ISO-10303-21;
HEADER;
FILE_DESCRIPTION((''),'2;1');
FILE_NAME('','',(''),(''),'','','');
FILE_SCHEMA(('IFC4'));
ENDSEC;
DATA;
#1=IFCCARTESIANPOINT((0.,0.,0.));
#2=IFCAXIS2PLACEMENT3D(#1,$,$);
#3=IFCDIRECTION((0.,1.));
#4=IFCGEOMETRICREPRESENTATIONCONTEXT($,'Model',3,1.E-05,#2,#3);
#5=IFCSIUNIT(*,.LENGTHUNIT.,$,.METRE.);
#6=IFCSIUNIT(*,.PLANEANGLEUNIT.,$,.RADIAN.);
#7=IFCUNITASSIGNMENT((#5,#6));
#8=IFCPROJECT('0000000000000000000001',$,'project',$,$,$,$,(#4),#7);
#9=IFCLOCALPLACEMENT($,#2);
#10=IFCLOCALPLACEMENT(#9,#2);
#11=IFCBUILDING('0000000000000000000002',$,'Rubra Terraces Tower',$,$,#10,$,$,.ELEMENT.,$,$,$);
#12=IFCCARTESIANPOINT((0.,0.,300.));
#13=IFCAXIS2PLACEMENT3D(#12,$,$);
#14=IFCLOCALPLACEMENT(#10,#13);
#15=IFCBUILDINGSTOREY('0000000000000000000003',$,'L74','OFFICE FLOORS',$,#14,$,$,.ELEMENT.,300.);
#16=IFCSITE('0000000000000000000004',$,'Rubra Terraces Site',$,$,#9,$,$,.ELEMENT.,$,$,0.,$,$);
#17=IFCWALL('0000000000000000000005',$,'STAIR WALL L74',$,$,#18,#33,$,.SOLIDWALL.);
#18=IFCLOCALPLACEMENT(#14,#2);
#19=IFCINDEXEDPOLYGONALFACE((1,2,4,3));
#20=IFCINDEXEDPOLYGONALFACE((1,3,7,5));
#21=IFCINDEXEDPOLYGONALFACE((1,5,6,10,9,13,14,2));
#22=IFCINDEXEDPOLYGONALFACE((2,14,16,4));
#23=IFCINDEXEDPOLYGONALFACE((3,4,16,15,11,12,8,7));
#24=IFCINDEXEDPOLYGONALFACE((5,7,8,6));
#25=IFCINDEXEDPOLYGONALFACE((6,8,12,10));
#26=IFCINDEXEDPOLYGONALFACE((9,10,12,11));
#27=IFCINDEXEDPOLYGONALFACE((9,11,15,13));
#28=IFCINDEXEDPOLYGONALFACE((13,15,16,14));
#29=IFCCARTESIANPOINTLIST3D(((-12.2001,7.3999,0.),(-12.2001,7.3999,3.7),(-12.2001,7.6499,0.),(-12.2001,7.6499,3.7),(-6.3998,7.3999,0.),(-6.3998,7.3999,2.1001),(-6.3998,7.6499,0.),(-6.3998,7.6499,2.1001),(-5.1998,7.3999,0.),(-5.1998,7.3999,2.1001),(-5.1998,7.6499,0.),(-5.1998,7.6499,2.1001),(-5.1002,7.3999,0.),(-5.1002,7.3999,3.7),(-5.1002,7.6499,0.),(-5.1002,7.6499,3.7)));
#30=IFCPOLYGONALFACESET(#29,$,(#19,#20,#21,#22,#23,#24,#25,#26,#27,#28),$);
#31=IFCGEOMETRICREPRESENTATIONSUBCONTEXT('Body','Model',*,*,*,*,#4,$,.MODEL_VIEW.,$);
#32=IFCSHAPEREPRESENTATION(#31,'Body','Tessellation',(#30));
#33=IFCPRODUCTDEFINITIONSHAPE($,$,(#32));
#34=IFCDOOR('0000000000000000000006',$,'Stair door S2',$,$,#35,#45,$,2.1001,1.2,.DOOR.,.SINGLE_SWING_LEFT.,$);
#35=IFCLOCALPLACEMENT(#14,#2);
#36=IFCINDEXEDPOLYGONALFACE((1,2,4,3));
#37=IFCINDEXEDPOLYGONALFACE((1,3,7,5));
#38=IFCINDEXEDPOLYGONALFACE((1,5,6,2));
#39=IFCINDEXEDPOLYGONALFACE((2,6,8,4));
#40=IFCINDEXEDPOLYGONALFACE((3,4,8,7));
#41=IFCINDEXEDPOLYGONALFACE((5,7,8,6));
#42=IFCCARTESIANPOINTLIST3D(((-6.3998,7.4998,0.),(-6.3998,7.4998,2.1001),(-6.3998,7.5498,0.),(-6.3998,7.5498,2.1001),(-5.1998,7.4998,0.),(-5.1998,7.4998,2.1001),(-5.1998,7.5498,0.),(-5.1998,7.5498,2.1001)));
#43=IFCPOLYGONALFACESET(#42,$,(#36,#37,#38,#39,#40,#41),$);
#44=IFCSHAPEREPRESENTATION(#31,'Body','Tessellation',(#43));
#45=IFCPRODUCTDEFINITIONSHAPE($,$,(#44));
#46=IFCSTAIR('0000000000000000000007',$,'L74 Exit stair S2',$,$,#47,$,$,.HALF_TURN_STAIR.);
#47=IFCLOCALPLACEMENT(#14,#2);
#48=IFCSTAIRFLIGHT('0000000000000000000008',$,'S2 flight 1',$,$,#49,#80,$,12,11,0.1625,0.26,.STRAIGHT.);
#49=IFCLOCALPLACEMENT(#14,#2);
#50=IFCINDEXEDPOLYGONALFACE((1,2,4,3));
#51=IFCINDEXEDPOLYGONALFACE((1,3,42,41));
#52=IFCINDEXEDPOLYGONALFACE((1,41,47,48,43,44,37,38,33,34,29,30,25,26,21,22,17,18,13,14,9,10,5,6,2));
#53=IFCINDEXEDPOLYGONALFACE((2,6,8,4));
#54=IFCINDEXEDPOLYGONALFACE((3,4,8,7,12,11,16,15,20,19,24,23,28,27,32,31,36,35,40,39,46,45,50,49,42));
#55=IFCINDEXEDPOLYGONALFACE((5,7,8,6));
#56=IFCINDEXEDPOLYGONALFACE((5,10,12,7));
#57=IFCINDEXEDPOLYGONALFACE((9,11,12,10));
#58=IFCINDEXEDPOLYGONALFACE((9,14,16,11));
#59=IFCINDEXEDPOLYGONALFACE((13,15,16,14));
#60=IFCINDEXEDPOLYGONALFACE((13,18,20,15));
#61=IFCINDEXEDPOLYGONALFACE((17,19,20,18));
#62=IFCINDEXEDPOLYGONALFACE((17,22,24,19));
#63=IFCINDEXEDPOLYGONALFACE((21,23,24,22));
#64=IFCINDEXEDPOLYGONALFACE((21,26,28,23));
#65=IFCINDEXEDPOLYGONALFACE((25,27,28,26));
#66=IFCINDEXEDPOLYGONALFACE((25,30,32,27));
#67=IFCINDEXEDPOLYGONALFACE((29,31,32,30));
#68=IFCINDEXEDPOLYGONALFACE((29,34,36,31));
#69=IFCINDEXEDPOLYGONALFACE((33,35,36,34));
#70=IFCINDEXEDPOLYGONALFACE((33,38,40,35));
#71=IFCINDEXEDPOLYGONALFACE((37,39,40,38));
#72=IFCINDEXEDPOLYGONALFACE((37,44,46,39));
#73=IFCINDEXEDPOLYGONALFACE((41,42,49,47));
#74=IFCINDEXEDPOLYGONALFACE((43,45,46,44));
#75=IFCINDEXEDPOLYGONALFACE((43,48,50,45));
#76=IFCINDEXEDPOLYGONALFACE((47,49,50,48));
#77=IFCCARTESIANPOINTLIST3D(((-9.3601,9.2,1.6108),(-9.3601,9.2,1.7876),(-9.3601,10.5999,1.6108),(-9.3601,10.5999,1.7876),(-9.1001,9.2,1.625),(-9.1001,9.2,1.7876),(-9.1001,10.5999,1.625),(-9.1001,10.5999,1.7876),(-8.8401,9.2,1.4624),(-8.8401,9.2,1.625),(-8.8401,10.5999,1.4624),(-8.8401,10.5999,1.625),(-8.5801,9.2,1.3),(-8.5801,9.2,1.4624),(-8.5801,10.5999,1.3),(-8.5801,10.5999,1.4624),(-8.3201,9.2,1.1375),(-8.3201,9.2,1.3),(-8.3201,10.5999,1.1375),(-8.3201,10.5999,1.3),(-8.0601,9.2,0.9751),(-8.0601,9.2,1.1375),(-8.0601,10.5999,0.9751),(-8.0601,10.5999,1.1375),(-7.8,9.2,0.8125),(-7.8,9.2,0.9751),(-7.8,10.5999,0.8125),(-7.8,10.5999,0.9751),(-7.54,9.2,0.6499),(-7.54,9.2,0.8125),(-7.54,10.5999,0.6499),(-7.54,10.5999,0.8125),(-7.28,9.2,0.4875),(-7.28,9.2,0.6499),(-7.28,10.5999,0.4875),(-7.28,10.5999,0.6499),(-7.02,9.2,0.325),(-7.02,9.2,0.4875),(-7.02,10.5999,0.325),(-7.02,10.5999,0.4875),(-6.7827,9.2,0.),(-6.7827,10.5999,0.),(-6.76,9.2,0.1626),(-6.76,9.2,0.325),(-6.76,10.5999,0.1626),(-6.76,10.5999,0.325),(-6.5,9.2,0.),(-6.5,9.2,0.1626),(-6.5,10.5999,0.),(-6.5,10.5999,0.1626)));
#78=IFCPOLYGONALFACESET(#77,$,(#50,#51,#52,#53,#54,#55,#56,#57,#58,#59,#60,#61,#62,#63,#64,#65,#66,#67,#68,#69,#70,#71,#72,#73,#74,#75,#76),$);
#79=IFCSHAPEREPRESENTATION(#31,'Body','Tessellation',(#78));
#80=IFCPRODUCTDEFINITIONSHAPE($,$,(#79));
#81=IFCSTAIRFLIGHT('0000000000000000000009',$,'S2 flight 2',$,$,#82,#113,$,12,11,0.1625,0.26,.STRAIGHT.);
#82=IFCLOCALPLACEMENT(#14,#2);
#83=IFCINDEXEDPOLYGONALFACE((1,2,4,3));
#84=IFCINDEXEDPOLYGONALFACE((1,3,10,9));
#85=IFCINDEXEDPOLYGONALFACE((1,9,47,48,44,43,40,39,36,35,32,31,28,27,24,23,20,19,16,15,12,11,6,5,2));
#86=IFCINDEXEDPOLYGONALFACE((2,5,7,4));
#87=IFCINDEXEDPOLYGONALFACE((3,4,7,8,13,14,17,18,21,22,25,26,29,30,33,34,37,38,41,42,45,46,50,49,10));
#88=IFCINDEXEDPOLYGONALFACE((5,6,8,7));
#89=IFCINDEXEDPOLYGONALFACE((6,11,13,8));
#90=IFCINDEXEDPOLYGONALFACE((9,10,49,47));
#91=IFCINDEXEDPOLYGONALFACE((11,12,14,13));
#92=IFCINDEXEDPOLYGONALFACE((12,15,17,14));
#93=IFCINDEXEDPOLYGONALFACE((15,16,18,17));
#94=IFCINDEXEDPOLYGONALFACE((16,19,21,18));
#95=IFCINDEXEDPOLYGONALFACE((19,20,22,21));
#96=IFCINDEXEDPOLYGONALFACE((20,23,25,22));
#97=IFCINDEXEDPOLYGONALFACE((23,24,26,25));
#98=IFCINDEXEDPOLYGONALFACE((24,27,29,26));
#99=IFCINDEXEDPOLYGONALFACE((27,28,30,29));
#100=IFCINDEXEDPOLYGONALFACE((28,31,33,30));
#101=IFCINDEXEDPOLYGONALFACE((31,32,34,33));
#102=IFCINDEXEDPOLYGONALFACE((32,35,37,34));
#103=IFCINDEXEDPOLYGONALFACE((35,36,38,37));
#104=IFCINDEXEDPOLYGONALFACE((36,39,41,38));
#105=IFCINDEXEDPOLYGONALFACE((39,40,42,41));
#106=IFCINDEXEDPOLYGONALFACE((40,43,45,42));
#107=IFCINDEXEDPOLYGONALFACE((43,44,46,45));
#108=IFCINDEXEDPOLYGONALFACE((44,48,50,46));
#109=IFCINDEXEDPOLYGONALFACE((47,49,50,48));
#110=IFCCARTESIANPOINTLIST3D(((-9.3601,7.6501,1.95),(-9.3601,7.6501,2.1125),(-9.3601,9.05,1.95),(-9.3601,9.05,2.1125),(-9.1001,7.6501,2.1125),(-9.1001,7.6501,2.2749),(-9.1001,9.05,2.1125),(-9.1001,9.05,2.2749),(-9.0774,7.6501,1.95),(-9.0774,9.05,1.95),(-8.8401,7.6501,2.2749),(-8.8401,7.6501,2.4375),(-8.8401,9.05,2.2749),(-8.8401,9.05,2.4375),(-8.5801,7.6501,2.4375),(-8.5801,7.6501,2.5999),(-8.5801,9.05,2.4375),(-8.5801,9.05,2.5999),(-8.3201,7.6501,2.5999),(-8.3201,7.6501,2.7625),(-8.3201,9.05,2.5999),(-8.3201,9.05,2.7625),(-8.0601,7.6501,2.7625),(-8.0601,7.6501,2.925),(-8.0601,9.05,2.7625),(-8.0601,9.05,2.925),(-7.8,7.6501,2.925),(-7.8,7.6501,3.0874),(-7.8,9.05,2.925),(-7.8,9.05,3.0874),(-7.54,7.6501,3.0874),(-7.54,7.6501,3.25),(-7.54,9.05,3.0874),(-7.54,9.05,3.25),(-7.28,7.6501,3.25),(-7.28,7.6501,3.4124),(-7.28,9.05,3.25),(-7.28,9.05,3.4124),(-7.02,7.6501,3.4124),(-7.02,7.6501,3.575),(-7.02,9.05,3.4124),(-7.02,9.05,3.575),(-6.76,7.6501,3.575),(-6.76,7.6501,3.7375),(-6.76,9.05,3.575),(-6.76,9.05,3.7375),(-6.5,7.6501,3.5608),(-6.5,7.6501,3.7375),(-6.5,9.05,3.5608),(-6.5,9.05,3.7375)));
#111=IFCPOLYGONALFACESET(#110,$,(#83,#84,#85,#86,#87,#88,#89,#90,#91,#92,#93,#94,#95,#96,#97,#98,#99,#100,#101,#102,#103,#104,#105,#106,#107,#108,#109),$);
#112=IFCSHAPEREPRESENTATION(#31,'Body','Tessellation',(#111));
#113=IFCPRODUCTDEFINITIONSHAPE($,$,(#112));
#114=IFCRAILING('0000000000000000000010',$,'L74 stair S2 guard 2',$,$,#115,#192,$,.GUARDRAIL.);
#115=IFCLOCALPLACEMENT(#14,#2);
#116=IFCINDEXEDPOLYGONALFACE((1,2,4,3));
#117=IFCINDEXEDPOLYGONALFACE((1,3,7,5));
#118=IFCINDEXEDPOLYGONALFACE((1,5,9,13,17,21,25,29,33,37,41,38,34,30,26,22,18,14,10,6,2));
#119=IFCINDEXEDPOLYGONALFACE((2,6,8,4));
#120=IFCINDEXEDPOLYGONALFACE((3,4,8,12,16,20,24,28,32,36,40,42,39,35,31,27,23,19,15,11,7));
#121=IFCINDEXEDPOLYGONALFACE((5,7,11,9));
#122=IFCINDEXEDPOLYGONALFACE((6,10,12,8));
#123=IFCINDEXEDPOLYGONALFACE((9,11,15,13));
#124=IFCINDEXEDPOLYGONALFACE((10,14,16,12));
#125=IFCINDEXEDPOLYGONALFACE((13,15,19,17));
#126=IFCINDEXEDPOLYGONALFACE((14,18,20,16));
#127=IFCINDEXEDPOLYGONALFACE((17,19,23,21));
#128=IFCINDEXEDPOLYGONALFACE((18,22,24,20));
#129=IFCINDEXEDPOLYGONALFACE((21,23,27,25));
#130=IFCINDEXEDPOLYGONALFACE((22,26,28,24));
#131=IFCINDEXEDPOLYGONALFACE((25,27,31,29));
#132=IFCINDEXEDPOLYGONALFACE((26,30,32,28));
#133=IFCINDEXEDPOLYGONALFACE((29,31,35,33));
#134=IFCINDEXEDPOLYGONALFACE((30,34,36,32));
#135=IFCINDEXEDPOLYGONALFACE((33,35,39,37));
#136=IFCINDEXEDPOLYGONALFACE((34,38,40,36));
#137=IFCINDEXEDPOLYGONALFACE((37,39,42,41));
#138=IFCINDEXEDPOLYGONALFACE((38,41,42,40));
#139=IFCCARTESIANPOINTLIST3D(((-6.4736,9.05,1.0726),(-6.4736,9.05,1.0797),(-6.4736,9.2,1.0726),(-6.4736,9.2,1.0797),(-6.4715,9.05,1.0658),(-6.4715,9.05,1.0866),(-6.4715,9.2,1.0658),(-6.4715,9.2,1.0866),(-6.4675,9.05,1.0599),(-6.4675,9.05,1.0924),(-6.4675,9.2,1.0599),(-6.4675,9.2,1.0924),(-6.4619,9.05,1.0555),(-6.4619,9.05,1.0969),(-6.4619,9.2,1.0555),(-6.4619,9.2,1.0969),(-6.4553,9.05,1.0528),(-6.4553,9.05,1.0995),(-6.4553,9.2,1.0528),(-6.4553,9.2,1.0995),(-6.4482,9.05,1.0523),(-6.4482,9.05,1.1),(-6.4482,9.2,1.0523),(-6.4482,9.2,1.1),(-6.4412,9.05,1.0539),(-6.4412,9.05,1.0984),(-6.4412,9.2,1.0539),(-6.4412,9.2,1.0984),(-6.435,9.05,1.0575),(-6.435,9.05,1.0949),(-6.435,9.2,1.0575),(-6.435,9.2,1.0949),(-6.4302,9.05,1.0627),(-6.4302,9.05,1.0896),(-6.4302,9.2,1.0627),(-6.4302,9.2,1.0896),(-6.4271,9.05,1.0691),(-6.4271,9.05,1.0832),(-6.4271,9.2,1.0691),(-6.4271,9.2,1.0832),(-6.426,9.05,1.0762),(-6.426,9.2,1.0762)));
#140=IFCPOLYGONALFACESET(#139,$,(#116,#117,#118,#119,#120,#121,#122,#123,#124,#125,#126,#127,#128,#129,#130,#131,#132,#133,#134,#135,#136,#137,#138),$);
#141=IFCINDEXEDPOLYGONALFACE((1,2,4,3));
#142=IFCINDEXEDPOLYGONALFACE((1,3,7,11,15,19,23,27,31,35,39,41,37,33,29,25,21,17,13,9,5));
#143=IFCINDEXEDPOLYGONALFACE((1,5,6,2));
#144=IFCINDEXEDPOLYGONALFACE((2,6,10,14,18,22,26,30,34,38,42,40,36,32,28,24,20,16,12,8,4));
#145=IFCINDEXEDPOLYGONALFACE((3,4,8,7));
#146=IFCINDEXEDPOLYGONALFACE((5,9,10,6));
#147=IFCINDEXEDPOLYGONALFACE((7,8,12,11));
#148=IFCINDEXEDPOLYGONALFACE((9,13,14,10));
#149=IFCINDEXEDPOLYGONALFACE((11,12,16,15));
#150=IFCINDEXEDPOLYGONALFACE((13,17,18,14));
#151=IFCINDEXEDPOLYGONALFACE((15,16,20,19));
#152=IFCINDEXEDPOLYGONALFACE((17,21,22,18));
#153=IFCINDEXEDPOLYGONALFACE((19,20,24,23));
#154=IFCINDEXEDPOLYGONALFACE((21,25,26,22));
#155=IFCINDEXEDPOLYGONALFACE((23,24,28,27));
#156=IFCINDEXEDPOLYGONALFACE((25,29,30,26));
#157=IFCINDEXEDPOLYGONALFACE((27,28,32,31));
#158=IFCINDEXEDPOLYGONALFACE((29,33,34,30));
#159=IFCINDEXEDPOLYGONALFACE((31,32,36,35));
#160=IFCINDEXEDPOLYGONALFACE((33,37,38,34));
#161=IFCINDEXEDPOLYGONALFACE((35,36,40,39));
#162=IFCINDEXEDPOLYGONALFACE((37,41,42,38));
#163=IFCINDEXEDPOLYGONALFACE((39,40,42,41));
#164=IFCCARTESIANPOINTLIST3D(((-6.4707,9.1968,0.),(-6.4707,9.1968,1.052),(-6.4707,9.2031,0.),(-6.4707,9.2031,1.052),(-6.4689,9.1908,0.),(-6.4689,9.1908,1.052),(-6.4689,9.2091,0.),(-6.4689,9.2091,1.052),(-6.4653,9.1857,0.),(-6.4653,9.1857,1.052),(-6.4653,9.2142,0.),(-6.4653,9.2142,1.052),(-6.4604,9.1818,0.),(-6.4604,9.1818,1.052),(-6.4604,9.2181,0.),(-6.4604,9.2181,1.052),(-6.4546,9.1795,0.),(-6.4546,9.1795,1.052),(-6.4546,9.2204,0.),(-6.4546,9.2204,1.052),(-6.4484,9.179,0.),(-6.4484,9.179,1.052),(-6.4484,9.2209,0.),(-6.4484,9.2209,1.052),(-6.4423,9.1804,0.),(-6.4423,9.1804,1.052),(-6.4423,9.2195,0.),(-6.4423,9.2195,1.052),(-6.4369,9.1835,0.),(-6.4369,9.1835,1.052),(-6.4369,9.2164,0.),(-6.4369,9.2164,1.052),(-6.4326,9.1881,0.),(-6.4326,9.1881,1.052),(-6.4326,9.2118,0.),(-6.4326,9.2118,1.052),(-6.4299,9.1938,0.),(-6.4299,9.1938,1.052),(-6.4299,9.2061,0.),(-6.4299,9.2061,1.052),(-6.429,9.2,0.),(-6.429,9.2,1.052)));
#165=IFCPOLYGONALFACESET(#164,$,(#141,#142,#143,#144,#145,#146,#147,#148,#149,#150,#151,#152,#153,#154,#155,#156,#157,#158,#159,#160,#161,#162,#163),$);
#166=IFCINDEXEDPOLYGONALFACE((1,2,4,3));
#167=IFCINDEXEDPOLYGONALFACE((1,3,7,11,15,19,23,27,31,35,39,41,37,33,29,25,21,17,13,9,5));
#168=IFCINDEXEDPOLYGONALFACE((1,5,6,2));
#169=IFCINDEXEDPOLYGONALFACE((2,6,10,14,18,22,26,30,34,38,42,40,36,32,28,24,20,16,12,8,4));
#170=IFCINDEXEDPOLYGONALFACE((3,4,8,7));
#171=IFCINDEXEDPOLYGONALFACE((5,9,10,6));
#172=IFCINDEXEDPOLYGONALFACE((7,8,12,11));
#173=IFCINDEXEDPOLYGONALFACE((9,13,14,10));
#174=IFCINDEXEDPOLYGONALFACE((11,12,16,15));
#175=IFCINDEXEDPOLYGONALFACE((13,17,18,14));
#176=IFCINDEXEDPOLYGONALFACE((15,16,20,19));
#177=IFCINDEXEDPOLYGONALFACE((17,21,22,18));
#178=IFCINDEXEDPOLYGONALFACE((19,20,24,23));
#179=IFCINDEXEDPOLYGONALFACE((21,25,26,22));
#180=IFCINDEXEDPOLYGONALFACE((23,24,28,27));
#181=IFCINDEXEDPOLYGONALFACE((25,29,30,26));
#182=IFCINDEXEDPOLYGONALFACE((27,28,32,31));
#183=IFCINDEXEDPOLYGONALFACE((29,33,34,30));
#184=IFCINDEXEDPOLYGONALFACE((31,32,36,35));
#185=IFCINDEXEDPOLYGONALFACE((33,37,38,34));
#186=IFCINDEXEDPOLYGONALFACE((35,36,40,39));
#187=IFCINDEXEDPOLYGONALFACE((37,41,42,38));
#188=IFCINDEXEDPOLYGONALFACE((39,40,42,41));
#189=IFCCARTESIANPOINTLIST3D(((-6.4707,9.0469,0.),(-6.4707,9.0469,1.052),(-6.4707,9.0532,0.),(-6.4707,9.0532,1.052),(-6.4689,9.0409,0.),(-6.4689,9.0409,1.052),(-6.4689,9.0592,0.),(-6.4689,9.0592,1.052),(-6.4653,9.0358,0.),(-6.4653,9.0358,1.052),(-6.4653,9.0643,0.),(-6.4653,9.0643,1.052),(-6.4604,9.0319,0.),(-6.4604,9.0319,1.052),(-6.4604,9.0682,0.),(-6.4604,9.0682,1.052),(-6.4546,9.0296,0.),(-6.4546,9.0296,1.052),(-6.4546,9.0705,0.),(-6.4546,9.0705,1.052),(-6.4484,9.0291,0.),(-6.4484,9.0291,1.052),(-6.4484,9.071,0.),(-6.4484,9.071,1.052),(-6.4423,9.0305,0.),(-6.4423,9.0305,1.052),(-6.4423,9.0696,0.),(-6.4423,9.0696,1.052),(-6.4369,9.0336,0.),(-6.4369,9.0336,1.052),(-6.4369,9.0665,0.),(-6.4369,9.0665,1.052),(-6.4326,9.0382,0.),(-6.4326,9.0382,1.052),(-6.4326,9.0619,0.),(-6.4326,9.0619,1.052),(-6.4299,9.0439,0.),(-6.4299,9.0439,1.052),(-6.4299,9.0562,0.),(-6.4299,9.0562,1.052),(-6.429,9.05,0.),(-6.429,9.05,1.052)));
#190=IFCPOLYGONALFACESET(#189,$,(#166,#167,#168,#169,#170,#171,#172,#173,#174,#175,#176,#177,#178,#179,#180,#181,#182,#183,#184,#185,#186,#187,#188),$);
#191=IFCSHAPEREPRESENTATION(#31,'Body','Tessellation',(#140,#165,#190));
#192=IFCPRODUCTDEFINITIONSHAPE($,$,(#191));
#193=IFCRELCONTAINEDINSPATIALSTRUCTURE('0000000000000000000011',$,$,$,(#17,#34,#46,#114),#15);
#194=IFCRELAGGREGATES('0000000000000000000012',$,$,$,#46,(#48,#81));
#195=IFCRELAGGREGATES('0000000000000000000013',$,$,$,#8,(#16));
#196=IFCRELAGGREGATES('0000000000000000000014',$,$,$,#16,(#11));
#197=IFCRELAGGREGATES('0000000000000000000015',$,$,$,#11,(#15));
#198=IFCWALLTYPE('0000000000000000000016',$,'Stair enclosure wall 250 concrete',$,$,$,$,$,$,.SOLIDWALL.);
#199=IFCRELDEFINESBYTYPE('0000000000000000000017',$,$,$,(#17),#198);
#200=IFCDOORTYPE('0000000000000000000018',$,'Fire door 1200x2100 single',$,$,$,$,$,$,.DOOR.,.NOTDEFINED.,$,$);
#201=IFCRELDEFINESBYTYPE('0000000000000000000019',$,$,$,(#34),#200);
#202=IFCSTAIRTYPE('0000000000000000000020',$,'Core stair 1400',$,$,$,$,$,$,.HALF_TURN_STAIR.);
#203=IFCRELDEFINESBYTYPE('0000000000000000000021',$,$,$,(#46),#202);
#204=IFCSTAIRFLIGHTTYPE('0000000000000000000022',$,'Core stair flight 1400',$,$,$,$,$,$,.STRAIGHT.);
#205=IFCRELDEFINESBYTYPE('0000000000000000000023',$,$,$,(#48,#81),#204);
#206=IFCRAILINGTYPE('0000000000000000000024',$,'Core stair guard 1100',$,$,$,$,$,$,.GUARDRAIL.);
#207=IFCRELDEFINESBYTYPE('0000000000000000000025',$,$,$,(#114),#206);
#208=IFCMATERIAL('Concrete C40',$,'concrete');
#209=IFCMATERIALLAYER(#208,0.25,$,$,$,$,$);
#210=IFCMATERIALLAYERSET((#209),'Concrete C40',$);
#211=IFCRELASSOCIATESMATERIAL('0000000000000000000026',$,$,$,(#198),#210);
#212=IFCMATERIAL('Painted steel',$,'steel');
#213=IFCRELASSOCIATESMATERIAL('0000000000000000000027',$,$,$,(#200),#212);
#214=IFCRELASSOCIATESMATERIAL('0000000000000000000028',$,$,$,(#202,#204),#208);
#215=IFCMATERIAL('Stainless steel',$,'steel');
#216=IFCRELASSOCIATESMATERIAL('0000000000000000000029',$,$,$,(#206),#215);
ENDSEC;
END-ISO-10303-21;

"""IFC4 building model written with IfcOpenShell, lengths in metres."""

from ifc_helpers import new_model, si_unit, direction, frame, frame_2d, origin, origin_2d, place, context, subcontext, project, spatial, polyline, rectangle, circle, outline, extrude, material, layer, layer_set, type_object, element, fill, aggregate, save


model = new_model("IFC4")

# Units and contexts
model_context = context("Model", 3, precision=1e-05, world=origin(), true_north=direction((0.0, 1.0)))
body_context = subcontext(model_context, "Body", "Model", "MODEL_VIEW")
ifc_project = project(units=[si_unit("LENGTHUNIT", "METRE"), si_unit("PLANEANGLEUNIT", "RADIAN")], contexts=[model_context])

# Site, building, storey
site_placement = place(None, origin())
site = spatial("IfcSite", under=ifc_project, at=site_placement, Name="Rubra Terraces Site", CompositionType="ELEMENT", RefElevation=0.0)
building_placement = place(site_placement, origin())
building = spatial("IfcBuilding", under=site, at=building_placement, Name="Rubra Terraces Tower", CompositionType="ELEMENT")
storey_placement = place(building_placement, frame((0.0, 0.0, 300.0)))
storey = spatial("IfcBuildingStorey", under=building, at=storey_placement, Name="L74", Description="OFFICE FLOORS", CompositionType="ELEMENT", Elevation=300.0)

# Shared definitions
ifc_material_1 = material(Name="Concrete C40", Category="concrete")

# Shared definitions
ifc_material_2 = material(Name="Painted steel", Category="steel")
ifc_material_3 = material(Name="Stainless steel", Category="steel")

# Wall, opening, door
ifc_layer_1 = layer(ifc_material_1, 0.25)
ifc_layer_set_1 = layer_set([ifc_layer_1], Name="Concrete C40")
wall_type_1 = type_object("IfcWallType", Name="Stair enclosure wall 250 concrete", PredefinedType="SOLIDWALL", material=ifc_layer_set_1)
wall_1_placement = place(storey_placement, frame((-12.2, 7.5249, 0.0), z_axis=(0.0, 0.0, 1.0), x_axis=(1.0, 0.0, 0.0)))
wall_1 = element("IfcWall", 1, at=wall_1_placement, inside=storey, type_object=wall_type_1, Name="STAIR WALL L74", PredefinedType="SOLIDWALL", context=body_context, shape_type="SweptSolid", body=[
    extrude(rectangle(XDim=7.0999, YDim=0.25, at=frame_2d((3.5498, 0.0))), origin(), (0.0, 0.0, 1.0), 3.7),
])
opening_1_placement = place(wall_1_placement, frame((5.8, 0.0, 0.0)))
opening_1 = element("IfcOpeningElement", 2, at=opening_1_placement, cuts=wall_1, PredefinedType="OPENING", context=body_context, shape_type="SweptSolid", body=[
    extrude(rectangle(XDim=1.2, YDim=2.1001, at=frame_2d((0.6001, 1.05))), frame((0.0, 0.135, 0.0), z_axis=(0.0, -1.0, 0.0), x_axis=(1.0, 0.0, 0.0)), (0.0, 0.0, 1.0), 0.27),
])
door_type_1 = type_object("IfcDoorType", Name="Fire door 1200x2100 single", OperationType="NOTDEFINED", PredefinedType="DOOR", material=ifc_material_2)
door_1_placement = place(opening_1_placement, origin())
door_1 = element("IfcDoor", 3, at=door_1_placement, inside=storey, type_object=door_type_1, Name="Stair door S2", OperationType="SINGLE_SWING_LEFT", OverallHeight=2.1001, OverallWidth=1.2, PredefinedType="DOOR", context=body_context, shape_type="SweptSolid", body=[
    extrude(rectangle(XDim=1.2, YDim=2.1001, at=frame_2d((0.6001, 1.05))), frame((0.0, 0.0249, 0.0), z_axis=(0.0, -1.0, 0.0), x_axis=(1.0, 0.0, 0.0)), (0.0, 0.0, 1.0), 0.05),
])
fill(opening_1, door_1)

# Stair, stair flights
stair_type = type_object("IfcStairType", Name="Core stair 1400", PredefinedType="HALF_TURN_STAIR", material=ifc_material_1)
stair_placement = place(storey_placement, origin())
stair = element("IfcStair", 4, at=stair_placement, inside=storey, type_object=stair_type, Name="L74 Exit stair S2", PredefinedType="HALF_TURN_STAIR")
stair_flight_type = type_object("IfcStairFlightType", Name="Core stair flight 1400", PredefinedType="STRAIGHT", material=ifc_material_1)
stair_flight_1_placement = place(storey_placement, frame((-6.5, 9.8999, 0.0), z_axis=(0.0, 0.0, 1.0), x_axis=(-1.0, 0.0, 0.0)))
stair_flight_1 = element("IfcStairFlight", 5, at=stair_flight_1_placement, type_object=stair_flight_type, Name="S2 flight 1", NumberOfRisers=12, NumberOfTreads=11, PredefinedType="STRAIGHT", RiserHeight=0.1625, TreadLength=0.26, context=body_context, shape_type="SweptSolid", body=[
    extrude(outline(polyline([(0.0, 0.0), (0.0, 0.1626), (0.26, 0.1626), (0.26, 0.325), (0.52, 0.325), (0.52, 0.4875), (0.78, 0.4875), (0.78, 0.6499), (1.04, 0.6499), (1.04, 0.8125), (1.3, 0.8125), (1.3, 0.9751), (1.5601, 0.9751), (1.5601, 1.1375), (1.8201, 1.1375), (1.8201, 1.3), (2.0801, 1.3), (2.0801, 1.4624), (2.3401, 1.4624), (2.3401, 1.625), (2.6001, 1.625), (2.6001, 1.7876), (2.8601, 1.7876), (2.8601, 1.95), (2.8601, 1.6108), (0.2827, 0.0), (0.0, 0.0)])), frame((0.0, 0.7, 0.0), z_axis=(0.0, -1.0, 0.0), x_axis=(1.0, 0.0, 0.0)), (0.0, 0.0, 1.0), 1.3999),
])
stair_flight_2_placement = place(storey_placement, frame((-9.3601, 8.3501, 1.95), z_axis=(0.0, 0.0, 1.0), x_axis=(1.0, 0.0, 0.0)))
stair_flight_2 = element("IfcStairFlight", 6, at=stair_flight_2_placement, type_object=stair_flight_type, Name="S2 flight 2", NumberOfRisers=12, NumberOfTreads=11, PredefinedType="STRAIGHT", RiserHeight=0.1625, TreadLength=0.26, context=body_context, shape_type="SweptSolid", body=[
    extrude(outline(polyline([(0.0, 0.0), (0.0, 0.1626), (0.26, 0.1626), (0.26, 0.325), (0.52, 0.325), (0.52, 0.4875), (0.78, 0.4875), (0.78, 0.6499), (1.04, 0.6499), (1.04, 0.8125), (1.3, 0.8125), (1.3, 0.9751), (1.5601, 0.9751), (1.5601, 1.1375), (1.8201, 1.1375), (1.8201, 1.3), (2.0801, 1.3), (2.0801, 1.4624), (2.3401, 1.4624), (2.3401, 1.625), (2.6001, 1.625), (2.6001, 1.7876), (2.8601, 1.7876), (2.8601, 1.95), (2.8601, 1.6108), (0.2827, 0.0), (0.0, 0.0)])), frame((0.0, 0.7, 0.0), z_axis=(0.0, -1.0, 0.0), x_axis=(1.0, 0.0, 0.0)), (0.0, 0.0, 1.0), 1.3999),
])
aggregate(stair, [stair_flight_1, stair_flight_2])

# Railing
railing_type_1 = type_object("IfcRailingType", Name="Core stair guard 1100", PredefinedType="GUARDRAIL", material=ifc_material_3)
railing_1_placement = place(storey_placement, frame((-6.45, 9.2, 0.0)))
element("IfcRailing", 7, at=railing_1_placement, inside=storey, type_object=railing_type_1, Name="L74 stair S2 guard 2", PredefinedType="GUARDRAIL", context=body_context, shape_type="SweptSolid", body=[
    extrude(circle(Radius=0.0239, at=origin_2d()), frame((0.0, 0.0, 1.0762), z_axis=(0.0, -1.0, 0.0), x_axis=(1.0, 0.0, 0.0)), (0.0, 0.0, 1.0), 0.1499),
    extrude(circle(Radius=0.021, at=origin_2d()), origin(), (0.0, 0.0, 1.0), 1.052),
    extrude(circle(Radius=0.021, at=origin_2d()), frame((0.0, -0.1499, 0.0)), (0.0, 0.0, 1.0), 1.052),
])

save(model, "model.ifc")
